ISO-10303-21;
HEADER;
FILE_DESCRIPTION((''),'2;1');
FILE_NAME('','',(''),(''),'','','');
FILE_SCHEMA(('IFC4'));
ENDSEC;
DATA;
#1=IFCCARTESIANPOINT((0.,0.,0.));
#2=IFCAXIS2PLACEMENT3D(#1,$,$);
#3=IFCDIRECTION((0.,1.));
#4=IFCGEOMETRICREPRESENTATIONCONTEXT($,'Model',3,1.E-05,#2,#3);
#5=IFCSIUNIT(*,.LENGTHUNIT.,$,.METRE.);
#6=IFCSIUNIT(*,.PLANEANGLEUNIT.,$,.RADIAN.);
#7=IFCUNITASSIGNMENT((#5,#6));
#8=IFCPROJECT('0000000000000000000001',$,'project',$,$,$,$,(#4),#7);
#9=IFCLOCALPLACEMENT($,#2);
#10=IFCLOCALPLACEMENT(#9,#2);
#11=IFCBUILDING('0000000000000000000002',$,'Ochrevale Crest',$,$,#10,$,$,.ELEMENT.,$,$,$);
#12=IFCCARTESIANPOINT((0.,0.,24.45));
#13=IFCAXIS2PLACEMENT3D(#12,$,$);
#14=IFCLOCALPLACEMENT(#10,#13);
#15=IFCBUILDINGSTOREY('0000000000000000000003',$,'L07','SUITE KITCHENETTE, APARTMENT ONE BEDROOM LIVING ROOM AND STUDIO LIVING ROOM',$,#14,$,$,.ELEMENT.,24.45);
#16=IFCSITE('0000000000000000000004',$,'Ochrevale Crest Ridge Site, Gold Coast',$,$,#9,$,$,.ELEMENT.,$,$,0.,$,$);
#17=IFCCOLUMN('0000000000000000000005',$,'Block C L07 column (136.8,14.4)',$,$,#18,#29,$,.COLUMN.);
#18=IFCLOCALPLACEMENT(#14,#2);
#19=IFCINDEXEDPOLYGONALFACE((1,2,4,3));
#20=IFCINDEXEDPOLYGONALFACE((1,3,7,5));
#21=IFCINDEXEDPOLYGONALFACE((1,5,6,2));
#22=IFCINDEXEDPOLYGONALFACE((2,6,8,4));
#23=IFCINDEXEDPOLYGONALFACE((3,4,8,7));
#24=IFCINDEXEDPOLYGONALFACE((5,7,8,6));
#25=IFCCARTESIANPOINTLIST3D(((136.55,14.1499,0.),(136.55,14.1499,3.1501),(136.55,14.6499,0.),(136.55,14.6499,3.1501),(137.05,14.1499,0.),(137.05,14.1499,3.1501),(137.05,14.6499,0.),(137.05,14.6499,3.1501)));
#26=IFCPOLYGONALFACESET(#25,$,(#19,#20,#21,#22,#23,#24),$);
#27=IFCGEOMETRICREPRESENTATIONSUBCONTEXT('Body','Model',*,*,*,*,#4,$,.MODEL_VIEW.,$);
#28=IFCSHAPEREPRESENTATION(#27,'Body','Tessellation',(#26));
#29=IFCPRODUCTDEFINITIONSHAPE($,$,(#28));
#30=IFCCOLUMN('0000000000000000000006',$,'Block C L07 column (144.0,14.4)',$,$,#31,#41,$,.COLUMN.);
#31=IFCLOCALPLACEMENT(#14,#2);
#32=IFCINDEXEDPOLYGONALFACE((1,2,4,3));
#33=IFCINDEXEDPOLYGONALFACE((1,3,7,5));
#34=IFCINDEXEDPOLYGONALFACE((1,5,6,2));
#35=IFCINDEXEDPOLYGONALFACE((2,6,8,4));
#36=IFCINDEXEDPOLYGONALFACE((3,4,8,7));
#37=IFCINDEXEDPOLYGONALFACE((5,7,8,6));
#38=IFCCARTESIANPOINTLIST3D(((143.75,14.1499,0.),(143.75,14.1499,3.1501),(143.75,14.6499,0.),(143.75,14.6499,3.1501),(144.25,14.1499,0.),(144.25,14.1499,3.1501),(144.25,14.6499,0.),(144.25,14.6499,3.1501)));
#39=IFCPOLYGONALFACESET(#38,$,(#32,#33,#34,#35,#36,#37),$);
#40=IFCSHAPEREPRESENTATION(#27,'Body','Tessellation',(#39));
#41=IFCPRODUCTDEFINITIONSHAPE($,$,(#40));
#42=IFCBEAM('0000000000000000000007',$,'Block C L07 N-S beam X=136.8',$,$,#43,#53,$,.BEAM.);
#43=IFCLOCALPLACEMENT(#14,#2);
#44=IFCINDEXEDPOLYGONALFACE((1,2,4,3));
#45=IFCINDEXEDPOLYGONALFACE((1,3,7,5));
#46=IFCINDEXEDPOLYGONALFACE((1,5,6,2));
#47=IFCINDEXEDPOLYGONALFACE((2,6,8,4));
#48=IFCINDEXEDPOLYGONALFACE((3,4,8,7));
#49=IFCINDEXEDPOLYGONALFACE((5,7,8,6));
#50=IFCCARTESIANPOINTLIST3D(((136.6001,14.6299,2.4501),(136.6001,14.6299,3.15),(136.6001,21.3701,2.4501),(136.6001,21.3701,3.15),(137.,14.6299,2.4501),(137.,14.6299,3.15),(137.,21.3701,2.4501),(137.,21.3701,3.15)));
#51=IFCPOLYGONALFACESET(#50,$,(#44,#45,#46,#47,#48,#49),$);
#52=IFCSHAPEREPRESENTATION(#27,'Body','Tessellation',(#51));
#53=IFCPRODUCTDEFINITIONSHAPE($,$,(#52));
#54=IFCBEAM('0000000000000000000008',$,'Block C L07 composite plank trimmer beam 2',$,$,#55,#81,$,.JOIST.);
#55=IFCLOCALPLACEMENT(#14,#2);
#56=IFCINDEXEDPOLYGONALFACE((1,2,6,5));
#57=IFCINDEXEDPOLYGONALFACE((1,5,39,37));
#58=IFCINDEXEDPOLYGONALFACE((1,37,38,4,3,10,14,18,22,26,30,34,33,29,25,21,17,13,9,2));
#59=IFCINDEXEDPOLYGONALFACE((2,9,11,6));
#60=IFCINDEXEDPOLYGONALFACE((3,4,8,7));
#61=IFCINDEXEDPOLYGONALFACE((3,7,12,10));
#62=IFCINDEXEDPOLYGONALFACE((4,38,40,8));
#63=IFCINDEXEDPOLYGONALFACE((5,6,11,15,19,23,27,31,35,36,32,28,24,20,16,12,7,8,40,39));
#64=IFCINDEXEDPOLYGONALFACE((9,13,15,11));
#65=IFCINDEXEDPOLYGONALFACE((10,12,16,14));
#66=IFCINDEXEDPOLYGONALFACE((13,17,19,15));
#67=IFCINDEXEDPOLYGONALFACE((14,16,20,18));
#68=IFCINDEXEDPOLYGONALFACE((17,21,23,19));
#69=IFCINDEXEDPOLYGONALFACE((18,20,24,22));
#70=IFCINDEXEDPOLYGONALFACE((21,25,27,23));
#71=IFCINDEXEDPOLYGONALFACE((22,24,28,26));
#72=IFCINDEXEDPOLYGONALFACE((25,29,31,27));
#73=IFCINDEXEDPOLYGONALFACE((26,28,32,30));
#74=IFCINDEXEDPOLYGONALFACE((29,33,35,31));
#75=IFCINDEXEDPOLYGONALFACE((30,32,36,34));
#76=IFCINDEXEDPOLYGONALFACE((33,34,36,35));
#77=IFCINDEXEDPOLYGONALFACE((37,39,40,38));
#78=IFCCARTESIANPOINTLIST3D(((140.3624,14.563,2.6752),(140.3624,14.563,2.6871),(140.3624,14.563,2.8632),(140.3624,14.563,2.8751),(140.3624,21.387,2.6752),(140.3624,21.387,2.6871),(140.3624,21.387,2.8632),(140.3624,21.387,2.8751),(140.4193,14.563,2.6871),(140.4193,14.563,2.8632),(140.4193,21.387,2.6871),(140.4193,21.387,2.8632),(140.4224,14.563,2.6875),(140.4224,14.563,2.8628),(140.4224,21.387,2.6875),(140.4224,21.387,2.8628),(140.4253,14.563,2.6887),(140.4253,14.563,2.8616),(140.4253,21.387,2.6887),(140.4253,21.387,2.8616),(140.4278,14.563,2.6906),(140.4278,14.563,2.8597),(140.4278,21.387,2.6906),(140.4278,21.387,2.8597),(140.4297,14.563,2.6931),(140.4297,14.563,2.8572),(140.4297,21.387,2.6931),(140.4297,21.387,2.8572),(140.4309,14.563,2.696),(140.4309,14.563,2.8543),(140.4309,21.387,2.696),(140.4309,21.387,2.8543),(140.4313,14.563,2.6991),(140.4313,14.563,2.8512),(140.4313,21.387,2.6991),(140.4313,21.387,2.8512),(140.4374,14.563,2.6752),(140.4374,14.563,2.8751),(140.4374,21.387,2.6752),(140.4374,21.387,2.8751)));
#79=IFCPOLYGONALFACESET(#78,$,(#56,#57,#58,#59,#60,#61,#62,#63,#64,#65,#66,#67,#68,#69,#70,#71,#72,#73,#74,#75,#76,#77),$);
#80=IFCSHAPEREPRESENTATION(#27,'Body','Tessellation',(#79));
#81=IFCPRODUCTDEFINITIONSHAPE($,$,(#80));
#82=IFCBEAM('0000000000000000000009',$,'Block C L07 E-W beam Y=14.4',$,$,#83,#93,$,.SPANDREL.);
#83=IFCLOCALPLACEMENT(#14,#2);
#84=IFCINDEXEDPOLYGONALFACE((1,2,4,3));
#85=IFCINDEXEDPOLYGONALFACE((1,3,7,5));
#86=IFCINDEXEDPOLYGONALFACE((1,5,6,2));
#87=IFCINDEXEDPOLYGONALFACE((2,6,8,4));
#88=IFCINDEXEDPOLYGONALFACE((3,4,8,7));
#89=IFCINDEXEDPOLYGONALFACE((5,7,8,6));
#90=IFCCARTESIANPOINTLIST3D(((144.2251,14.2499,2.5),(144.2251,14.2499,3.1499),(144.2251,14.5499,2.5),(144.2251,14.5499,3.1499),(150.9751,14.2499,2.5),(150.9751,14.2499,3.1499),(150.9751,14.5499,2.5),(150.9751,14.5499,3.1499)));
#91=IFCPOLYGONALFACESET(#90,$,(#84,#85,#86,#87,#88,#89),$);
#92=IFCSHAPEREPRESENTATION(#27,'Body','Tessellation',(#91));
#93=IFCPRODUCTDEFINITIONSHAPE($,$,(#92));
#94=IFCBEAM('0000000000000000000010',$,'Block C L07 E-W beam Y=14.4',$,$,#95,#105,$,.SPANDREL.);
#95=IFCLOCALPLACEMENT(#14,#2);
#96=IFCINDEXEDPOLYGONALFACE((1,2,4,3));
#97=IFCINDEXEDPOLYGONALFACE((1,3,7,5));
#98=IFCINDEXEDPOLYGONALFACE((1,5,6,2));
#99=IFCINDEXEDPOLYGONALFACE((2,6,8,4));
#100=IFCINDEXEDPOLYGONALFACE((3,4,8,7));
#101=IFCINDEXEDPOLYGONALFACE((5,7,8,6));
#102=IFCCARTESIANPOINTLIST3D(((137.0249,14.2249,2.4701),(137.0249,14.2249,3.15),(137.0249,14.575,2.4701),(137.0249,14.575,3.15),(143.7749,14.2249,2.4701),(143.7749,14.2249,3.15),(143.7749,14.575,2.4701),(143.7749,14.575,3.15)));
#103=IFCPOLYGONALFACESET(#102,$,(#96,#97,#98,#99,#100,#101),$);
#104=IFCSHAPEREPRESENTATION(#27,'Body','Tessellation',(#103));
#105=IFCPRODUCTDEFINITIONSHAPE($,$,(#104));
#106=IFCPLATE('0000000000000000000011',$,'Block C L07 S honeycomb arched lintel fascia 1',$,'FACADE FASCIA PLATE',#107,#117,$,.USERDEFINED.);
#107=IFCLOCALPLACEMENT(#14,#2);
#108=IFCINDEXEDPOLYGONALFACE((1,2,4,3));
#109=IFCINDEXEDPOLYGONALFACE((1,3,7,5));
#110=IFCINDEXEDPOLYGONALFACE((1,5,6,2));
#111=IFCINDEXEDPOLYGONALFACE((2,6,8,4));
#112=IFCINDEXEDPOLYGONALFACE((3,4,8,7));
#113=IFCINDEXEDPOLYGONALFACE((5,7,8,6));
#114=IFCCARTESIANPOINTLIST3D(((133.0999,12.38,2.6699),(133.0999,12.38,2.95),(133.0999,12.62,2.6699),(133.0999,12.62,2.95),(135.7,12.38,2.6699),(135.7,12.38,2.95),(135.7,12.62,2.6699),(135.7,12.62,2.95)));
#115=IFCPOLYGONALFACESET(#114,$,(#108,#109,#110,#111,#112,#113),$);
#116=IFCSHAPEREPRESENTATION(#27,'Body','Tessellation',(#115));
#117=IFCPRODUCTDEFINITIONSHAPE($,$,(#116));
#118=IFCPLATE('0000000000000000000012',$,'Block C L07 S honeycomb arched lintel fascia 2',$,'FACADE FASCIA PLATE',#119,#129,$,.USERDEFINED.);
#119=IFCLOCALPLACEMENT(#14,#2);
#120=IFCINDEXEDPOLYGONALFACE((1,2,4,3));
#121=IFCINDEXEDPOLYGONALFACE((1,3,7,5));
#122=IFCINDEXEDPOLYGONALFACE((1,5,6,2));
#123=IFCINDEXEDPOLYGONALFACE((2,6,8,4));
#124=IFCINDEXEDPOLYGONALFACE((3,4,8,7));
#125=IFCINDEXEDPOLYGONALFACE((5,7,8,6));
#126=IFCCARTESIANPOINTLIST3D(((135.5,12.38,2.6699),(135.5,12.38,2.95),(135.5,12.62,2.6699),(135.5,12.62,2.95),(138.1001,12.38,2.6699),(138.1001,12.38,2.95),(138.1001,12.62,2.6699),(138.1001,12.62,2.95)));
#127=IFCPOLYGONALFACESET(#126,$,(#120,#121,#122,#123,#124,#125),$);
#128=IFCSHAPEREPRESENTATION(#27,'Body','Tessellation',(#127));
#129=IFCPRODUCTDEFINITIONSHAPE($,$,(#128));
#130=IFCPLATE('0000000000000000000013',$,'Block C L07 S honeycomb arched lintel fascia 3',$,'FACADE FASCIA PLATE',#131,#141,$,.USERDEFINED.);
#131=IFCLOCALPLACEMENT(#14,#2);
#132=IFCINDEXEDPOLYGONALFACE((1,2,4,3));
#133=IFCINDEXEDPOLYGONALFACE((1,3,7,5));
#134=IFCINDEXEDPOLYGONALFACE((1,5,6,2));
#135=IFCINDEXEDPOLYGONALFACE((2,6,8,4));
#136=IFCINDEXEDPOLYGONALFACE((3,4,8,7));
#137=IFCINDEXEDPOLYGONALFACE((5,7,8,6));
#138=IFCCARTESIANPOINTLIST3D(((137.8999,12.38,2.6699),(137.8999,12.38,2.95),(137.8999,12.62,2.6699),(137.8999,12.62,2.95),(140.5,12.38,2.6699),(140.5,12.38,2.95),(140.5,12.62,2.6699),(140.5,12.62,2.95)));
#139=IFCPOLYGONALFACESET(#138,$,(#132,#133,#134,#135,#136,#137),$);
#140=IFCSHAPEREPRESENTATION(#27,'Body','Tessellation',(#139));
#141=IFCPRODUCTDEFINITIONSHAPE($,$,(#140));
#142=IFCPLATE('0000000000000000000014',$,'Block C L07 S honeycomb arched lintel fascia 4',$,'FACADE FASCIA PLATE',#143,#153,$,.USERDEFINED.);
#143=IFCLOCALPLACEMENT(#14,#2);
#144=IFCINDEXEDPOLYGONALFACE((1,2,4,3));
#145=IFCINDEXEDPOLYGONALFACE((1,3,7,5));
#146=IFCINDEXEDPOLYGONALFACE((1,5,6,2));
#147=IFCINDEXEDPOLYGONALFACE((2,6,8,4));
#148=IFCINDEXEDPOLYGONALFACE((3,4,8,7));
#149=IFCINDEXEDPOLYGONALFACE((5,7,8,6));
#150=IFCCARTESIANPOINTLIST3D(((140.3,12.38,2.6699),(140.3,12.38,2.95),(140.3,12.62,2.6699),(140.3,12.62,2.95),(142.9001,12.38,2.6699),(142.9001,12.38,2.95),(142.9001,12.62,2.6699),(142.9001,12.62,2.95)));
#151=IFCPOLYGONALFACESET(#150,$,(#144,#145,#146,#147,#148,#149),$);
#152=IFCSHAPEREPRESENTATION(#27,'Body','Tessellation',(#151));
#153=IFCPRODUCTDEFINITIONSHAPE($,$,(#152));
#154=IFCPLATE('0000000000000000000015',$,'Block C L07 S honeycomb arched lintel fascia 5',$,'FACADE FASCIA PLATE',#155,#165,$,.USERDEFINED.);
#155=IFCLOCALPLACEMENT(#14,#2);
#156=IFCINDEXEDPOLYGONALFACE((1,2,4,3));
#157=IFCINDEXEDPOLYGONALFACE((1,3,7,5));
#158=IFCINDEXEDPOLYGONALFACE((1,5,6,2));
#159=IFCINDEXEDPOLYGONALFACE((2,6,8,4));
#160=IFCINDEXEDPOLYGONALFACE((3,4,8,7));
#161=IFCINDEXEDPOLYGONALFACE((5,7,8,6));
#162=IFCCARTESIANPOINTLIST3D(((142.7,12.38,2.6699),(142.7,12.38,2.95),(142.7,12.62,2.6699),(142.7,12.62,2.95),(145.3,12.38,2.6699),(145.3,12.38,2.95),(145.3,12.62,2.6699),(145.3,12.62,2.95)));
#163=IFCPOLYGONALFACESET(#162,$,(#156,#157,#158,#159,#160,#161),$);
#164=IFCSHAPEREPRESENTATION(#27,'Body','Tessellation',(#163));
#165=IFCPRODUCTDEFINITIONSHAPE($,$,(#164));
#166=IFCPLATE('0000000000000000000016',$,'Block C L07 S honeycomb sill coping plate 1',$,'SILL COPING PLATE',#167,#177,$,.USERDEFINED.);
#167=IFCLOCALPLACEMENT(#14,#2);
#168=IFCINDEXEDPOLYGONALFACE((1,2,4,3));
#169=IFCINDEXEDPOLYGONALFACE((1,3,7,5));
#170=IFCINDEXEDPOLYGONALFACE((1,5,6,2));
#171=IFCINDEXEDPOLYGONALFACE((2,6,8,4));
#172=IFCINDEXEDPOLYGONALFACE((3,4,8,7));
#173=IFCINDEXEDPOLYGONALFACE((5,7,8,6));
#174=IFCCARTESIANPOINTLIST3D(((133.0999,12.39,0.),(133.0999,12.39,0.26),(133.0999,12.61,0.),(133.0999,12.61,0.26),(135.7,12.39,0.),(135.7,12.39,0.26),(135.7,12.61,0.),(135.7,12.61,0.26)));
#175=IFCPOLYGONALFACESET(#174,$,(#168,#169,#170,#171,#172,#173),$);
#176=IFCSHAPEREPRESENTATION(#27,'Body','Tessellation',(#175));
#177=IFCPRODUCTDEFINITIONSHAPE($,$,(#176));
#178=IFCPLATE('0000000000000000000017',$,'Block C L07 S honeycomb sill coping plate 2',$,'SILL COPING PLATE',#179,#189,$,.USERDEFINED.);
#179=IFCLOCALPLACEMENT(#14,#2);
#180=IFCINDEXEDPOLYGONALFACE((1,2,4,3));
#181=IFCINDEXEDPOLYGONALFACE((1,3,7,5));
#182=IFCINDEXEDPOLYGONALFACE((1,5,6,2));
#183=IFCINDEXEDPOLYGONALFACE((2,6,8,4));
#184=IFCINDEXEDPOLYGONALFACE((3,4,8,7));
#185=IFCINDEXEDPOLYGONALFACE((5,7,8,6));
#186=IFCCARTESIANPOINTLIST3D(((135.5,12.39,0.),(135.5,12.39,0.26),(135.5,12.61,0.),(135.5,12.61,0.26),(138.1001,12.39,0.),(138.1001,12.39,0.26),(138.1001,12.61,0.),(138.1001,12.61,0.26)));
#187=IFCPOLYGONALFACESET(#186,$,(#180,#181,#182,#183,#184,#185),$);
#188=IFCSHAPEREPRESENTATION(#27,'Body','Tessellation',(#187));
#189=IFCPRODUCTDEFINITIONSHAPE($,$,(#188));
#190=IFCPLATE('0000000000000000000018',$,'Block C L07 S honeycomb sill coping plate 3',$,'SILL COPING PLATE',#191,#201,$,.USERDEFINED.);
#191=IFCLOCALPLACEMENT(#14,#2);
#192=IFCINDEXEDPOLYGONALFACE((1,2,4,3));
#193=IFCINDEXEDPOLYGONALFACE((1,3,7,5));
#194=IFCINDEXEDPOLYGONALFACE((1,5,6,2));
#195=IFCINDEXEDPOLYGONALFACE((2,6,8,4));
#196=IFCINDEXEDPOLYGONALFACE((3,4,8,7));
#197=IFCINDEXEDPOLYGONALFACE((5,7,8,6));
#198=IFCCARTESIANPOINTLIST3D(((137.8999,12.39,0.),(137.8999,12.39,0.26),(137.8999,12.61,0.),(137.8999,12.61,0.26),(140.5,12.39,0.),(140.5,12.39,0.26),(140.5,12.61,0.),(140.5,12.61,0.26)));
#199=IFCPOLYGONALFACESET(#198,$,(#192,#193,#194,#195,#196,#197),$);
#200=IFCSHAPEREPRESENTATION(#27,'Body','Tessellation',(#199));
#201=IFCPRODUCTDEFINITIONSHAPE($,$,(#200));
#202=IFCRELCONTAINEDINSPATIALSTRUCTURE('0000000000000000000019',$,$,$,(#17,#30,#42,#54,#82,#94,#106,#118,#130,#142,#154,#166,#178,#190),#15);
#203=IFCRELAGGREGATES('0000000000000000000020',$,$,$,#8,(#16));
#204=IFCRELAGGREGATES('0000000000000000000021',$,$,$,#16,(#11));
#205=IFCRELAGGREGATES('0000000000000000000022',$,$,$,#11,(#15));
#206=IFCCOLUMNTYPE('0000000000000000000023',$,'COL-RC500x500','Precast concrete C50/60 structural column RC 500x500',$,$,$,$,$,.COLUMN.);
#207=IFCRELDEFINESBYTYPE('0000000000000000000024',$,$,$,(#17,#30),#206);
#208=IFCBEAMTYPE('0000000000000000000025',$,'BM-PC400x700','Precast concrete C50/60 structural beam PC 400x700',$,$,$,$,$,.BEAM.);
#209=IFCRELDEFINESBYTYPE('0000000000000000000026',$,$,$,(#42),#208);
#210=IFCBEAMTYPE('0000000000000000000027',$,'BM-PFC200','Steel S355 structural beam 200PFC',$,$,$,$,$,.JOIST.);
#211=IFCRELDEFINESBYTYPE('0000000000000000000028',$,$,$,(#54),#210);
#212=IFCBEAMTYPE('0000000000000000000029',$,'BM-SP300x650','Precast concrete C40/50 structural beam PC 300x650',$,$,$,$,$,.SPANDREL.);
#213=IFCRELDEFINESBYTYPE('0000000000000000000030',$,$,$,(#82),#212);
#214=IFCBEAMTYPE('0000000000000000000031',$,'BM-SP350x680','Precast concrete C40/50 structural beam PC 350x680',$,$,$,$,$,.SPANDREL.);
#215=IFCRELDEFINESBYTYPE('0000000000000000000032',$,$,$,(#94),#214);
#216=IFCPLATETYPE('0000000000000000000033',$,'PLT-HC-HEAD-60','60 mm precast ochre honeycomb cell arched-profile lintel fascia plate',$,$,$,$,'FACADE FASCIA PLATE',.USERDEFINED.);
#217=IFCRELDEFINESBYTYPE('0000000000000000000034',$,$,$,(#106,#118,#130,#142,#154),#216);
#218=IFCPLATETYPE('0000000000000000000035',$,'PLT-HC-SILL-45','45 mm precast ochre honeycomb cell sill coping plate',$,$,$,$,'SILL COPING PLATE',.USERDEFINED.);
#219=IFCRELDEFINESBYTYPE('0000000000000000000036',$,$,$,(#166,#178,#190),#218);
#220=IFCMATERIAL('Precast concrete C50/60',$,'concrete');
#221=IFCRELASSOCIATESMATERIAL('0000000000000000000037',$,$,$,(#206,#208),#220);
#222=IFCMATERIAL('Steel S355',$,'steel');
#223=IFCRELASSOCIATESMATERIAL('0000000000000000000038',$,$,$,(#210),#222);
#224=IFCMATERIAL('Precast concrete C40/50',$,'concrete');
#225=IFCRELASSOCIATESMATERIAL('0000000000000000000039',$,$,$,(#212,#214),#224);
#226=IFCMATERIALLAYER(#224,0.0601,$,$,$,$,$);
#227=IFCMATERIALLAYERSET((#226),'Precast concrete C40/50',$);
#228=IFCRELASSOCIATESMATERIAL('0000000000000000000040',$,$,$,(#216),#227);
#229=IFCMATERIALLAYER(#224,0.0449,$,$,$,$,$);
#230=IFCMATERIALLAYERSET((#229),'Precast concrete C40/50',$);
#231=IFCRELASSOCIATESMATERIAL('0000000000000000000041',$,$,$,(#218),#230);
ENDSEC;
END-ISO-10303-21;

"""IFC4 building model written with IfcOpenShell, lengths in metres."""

from ifc_helpers import new_model, si_unit, direction, frame, origin, origin_2d, place, context, subcontext, project, spatial, rectangle, u_section, extrude, material, layer, layer_set, material_profile, profile_set, type_object, element, save


model = new_model("IFC4")

# Units and contexts
model_context = context("Model", 3, precision=1e-05, world=origin(), true_north=direction((0.0, 1.0)))
body_context = subcontext(model_context, "Body", "Model", "MODEL_VIEW")
ifc_project = project(units=[si_unit("LENGTHUNIT", "METRE"), si_unit("PLANEANGLEUNIT", "RADIAN")], contexts=[model_context])

# Site, building, storey
site_placement = place(None, origin())
site = spatial("IfcSite", under=ifc_project, at=site_placement, Name="Ochrevale Crest Ridge Site, Gold Coast", CompositionType="ELEMENT", RefElevation=0.0)
building_placement = place(site_placement, origin())
building = spatial("IfcBuilding", under=site, at=building_placement, Name="Ochrevale Crest", CompositionType="ELEMENT")
storey_placement = place(building_placement, frame((0.0, 0.0, 24.45)))
storey = spatial("IfcBuildingStorey", under=building, at=storey_placement, Name="L07", Description="SUITE KITCHENETTE, APARTMENT ONE BEDROOM LIVING ROOM AND STUDIO LIVING ROOM", CompositionType="ELEMENT", Elevation=24.45)

# Columns
ifc_material_1 = material(Name="Precast concrete C50/60", Category="concrete")
ifc_material_profile_1 = material_profile(ifc_material_1, rectangle(XDim=0.5, YDim=0.5, at=origin_2d()), Name="RC 500x500")
ifc_profile_set_1 = profile_set([ifc_material_profile_1], Name="Precast concrete C50/60")
column_type = type_object("IfcColumnType", Name="COL-RC500x500", Description="Precast concrete C50/60 structural column RC 500x500", PredefinedType="COLUMN", material=ifc_profile_set_1)
for number, where, z_axis, x_axis, name in (
    (1, (136.8, 14.3999, 0.0), (0.0, 0.0, 1.0), (1.0, 0.0, 0.0), "Block C L07 column (136.8,14.4)"),
    (2, (144.0, 14.3999, 0.0), (0.0, 0.0, 1.0), (1.0, 0.0, 0.0), "Block C L07 column (144.0,14.4)"),
):
    element("IfcColumn", number, at=place(storey_placement, frame(where, z_axis=z_axis, x_axis=x_axis)), inside=storey, type_object=column_type, Name=name, PredefinedType="COLUMN", context=body_context, shape_type="SweptSolid", body=[
        extrude(rectangle(XDim=0.5, YDim=0.5, at=origin_2d()), origin(), (0.0, 0.0, 1.0), 3.1501),
    ])

# Beams
ifc_material_profile_2 = material_profile(ifc_material_1, rectangle(XDim=0.3999, YDim=0.7, at=origin_2d()), Name="PC 400x700")
ifc_profile_set_2 = profile_set([ifc_material_profile_2], Name="Precast concrete C50/60")
beam_type_1 = type_object("IfcBeamType", Name="BM-PC400x700", Description="Precast concrete C50/60 structural beam PC 400x700", PredefinedType="BEAM", material=ifc_profile_set_2)
beam_1_placement = place(storey_placement, frame((136.8, 14.6299, 2.8), z_axis=(0.0, 1.0, 0.0), x_axis=(-1.0, 0.0, 0.0)))
element("IfcBeam", 3, at=beam_1_placement, inside=storey, type_object=beam_type_1, Name="Block C L07 N-S beam X=136.8", PredefinedType="BEAM", context=body_context, shape_type="SweptSolid", body=[
    extrude(rectangle(XDim=0.3999, YDim=0.7, at=origin_2d()), origin(), (0.0, 0.0, 1.0), 6.7402),
])
ifc_material_2 = material(Name="Steel S355", Category="steel")
ifc_material_profile_3 = material_profile(ifc_material_2, u_section(Depth=0.2, FlangeWidth=0.075, WebThickness=0.0061, FlangeThickness=0.012, FilletRadius=0.012, at=origin_2d()), Name="200PFC")
ifc_profile_set_3 = profile_set([ifc_material_profile_3], Name="Steel S355")
beam_type_2 = type_object("IfcBeamType", Name="BM-PFC200", Description="Steel S355 structural beam 200PFC", PredefinedType="JOIST", material=ifc_profile_set_3)
beam_2_placement = place(storey_placement, frame((140.3999, 14.563, 2.7751), z_axis=(0.0, 1.0, 0.0), x_axis=(-1.0, 0.0, 0.0)))
element("IfcBeam", 4, at=beam_2_placement, inside=storey, type_object=beam_type_2, Name="Block C L07 composite plank trimmer beam 2", PredefinedType="JOIST", context=body_context, shape_type="SweptSolid", body=[
    extrude(u_section(Depth=0.2, FlangeWidth=0.075, WebThickness=0.0061, FlangeThickness=0.012, FilletRadius=0.012, at=origin_2d()), origin(), (0.0, 0.0, 1.0), 6.824),
])
ifc_material_3 = material(Name="Precast concrete C40/50", Category="concrete")
ifc_material_profile_4 = material_profile(ifc_material_3, rectangle(XDim=0.3, YDim=0.6499, at=origin_2d()), Name="PC 300x650")
ifc_profile_set_4 = profile_set([ifc_material_profile_4], Name="Precast concrete C40/50")
beam_type_3 = type_object("IfcBeamType", Name="BM-SP300x650", Description="Precast concrete C40/50 structural beam PC 300x650", PredefinedType="SPANDREL", material=ifc_profile_set_4)
beam_3_placement = place(storey_placement, frame((144.2251, 14.3999, 2.825), z_axis=(1.0, 0.0, 0.0), x_axis=(0.0, 1.0, 0.0)))
element("IfcBeam", 5, at=beam_3_placement, inside=storey, type_object=beam_type_3, Name="Block C L07 E-W beam Y=14.4", PredefinedType="SPANDREL", context=body_context, shape_type="SweptSolid", body=[
    extrude(rectangle(XDim=0.3, YDim=0.6499, at=origin_2d()), origin(), (0.0, 0.0, 1.0), 6.75),
])
ifc_material_profile_5 = material_profile(ifc_material_3, rectangle(XDim=0.3501, YDim=0.6799, at=origin_2d()), Name="PC 350x680")
ifc_profile_set_5 = profile_set([ifc_material_profile_5], Name="Precast concrete C40/50")
beam_type_4 = type_object("IfcBeamType", Name="BM-SP350x680", Description="Precast concrete C40/50 structural beam PC 350x680", PredefinedType="SPANDREL", material=ifc_profile_set_5)
beam_4_placement = place(storey_placement, frame((137.0249, 14.3999, 2.8101), z_axis=(1.0, 0.0, 0.0), x_axis=(0.0, 1.0, 0.0)))
element("IfcBeam", 6, at=beam_4_placement, inside=storey, type_object=beam_type_4, Name="Block C L07 E-W beam Y=14.4", PredefinedType="SPANDREL", context=body_context, shape_type="SweptSolid", body=[
    extrude(rectangle(XDim=0.3501, YDim=0.6799, at=origin_2d()), origin(), (0.0, 0.0, 1.0), 6.75),
])

# Plates
ifc_layer_1 = layer(ifc_material_3, 0.0601)
ifc_layer_set_1 = layer_set([ifc_layer_1], Name="Precast concrete C40/50")
plate_type_1 = type_object("IfcPlateType", Name="PLT-HC-HEAD-60", Description="60 mm precast ochre honeycomb cell arched-profile lintel fascia plate", ElementType="FACADE FASCIA PLATE", PredefinedType="USERDEFINED", material=ifc_layer_set_1)
for number, where, z_axis, x_axis, name in (
    (7, (134.3999, 12.5, 2.6699), (0.0, 0.0, 1.0), (1.0, 0.0, 0.0), "Block C L07 S honeycomb arched lintel fascia 1"),
    (8, (136.8, 12.5, 2.6699), (0.0, 0.0, 1.0), (1.0, 0.0, 0.0), "Block C L07 S honeycomb arched lintel fascia 2"),
    (9, (139.2, 12.5, 2.6699), (0.0, 0.0, 1.0), (1.0, 0.0, 0.0), "Block C L07 S honeycomb arched lintel fascia 3"),
    (10, (141.6001, 12.5, 2.6699), (0.0, 0.0, 1.0), (1.0, 0.0, 0.0), "Block C L07 S honeycomb arched lintel fascia 4"),
    (11, (144.0, 12.5, 2.6699), (0.0, 0.0, 1.0), (1.0, 0.0, 0.0), "Block C L07 S honeycomb arched lintel fascia 5"),
):
    element("IfcPlate", number, at=place(storey_placement, frame(where, z_axis=z_axis, x_axis=x_axis)), inside=storey, type_object=plate_type_1, Name=name, ObjectType="FACADE FASCIA PLATE", PredefinedType="USERDEFINED", context=body_context, shape_type="SweptSolid", body=[
        extrude(rectangle(XDim=2.6001, YDim=0.24, at=origin_2d()), origin(), (0.0, 0.0, 1.0), 0.28),
    ])
ifc_layer_2 = layer(ifc_material_3, 0.0449)
ifc_layer_set_2 = layer_set([ifc_layer_2], Name="Precast concrete C40/50")
plate_type_2 = type_object("IfcPlateType", Name="PLT-HC-SILL-45", Description="45 mm precast ochre honeycomb cell sill coping plate", ElementType="SILL COPING PLATE", PredefinedType="USERDEFINED", material=ifc_layer_set_2)
for number, where, z_axis, x_axis, name in (
    (12, (134.3999, 12.5, 0.0), (0.0, 0.0, 1.0), (1.0, 0.0, 0.0), "Block C L07 S honeycomb sill coping plate 1"),
    (13, (136.8, 12.5, 0.0), (0.0, 0.0, 1.0), (1.0, 0.0, 0.0), "Block C L07 S honeycomb sill coping plate 2"),
    (14, (139.2, 12.5, 0.0), (0.0, 0.0, 1.0), (1.0, 0.0, 0.0), "Block C L07 S honeycomb sill coping plate 3"),
):
    element("IfcPlate", number, at=place(storey_placement, frame(where, z_axis=z_axis, x_axis=x_axis)), inside=storey, type_object=plate_type_2, Name=name, ObjectType="SILL COPING PLATE", PredefinedType="USERDEFINED", context=body_context, shape_type="SweptSolid", body=[
        extrude(rectangle(XDim=2.6001, YDim=0.22, at=origin_2d()), origin(), (0.0, 0.0, 1.0), 0.26),
    ])

save(model, "model.ifc")
